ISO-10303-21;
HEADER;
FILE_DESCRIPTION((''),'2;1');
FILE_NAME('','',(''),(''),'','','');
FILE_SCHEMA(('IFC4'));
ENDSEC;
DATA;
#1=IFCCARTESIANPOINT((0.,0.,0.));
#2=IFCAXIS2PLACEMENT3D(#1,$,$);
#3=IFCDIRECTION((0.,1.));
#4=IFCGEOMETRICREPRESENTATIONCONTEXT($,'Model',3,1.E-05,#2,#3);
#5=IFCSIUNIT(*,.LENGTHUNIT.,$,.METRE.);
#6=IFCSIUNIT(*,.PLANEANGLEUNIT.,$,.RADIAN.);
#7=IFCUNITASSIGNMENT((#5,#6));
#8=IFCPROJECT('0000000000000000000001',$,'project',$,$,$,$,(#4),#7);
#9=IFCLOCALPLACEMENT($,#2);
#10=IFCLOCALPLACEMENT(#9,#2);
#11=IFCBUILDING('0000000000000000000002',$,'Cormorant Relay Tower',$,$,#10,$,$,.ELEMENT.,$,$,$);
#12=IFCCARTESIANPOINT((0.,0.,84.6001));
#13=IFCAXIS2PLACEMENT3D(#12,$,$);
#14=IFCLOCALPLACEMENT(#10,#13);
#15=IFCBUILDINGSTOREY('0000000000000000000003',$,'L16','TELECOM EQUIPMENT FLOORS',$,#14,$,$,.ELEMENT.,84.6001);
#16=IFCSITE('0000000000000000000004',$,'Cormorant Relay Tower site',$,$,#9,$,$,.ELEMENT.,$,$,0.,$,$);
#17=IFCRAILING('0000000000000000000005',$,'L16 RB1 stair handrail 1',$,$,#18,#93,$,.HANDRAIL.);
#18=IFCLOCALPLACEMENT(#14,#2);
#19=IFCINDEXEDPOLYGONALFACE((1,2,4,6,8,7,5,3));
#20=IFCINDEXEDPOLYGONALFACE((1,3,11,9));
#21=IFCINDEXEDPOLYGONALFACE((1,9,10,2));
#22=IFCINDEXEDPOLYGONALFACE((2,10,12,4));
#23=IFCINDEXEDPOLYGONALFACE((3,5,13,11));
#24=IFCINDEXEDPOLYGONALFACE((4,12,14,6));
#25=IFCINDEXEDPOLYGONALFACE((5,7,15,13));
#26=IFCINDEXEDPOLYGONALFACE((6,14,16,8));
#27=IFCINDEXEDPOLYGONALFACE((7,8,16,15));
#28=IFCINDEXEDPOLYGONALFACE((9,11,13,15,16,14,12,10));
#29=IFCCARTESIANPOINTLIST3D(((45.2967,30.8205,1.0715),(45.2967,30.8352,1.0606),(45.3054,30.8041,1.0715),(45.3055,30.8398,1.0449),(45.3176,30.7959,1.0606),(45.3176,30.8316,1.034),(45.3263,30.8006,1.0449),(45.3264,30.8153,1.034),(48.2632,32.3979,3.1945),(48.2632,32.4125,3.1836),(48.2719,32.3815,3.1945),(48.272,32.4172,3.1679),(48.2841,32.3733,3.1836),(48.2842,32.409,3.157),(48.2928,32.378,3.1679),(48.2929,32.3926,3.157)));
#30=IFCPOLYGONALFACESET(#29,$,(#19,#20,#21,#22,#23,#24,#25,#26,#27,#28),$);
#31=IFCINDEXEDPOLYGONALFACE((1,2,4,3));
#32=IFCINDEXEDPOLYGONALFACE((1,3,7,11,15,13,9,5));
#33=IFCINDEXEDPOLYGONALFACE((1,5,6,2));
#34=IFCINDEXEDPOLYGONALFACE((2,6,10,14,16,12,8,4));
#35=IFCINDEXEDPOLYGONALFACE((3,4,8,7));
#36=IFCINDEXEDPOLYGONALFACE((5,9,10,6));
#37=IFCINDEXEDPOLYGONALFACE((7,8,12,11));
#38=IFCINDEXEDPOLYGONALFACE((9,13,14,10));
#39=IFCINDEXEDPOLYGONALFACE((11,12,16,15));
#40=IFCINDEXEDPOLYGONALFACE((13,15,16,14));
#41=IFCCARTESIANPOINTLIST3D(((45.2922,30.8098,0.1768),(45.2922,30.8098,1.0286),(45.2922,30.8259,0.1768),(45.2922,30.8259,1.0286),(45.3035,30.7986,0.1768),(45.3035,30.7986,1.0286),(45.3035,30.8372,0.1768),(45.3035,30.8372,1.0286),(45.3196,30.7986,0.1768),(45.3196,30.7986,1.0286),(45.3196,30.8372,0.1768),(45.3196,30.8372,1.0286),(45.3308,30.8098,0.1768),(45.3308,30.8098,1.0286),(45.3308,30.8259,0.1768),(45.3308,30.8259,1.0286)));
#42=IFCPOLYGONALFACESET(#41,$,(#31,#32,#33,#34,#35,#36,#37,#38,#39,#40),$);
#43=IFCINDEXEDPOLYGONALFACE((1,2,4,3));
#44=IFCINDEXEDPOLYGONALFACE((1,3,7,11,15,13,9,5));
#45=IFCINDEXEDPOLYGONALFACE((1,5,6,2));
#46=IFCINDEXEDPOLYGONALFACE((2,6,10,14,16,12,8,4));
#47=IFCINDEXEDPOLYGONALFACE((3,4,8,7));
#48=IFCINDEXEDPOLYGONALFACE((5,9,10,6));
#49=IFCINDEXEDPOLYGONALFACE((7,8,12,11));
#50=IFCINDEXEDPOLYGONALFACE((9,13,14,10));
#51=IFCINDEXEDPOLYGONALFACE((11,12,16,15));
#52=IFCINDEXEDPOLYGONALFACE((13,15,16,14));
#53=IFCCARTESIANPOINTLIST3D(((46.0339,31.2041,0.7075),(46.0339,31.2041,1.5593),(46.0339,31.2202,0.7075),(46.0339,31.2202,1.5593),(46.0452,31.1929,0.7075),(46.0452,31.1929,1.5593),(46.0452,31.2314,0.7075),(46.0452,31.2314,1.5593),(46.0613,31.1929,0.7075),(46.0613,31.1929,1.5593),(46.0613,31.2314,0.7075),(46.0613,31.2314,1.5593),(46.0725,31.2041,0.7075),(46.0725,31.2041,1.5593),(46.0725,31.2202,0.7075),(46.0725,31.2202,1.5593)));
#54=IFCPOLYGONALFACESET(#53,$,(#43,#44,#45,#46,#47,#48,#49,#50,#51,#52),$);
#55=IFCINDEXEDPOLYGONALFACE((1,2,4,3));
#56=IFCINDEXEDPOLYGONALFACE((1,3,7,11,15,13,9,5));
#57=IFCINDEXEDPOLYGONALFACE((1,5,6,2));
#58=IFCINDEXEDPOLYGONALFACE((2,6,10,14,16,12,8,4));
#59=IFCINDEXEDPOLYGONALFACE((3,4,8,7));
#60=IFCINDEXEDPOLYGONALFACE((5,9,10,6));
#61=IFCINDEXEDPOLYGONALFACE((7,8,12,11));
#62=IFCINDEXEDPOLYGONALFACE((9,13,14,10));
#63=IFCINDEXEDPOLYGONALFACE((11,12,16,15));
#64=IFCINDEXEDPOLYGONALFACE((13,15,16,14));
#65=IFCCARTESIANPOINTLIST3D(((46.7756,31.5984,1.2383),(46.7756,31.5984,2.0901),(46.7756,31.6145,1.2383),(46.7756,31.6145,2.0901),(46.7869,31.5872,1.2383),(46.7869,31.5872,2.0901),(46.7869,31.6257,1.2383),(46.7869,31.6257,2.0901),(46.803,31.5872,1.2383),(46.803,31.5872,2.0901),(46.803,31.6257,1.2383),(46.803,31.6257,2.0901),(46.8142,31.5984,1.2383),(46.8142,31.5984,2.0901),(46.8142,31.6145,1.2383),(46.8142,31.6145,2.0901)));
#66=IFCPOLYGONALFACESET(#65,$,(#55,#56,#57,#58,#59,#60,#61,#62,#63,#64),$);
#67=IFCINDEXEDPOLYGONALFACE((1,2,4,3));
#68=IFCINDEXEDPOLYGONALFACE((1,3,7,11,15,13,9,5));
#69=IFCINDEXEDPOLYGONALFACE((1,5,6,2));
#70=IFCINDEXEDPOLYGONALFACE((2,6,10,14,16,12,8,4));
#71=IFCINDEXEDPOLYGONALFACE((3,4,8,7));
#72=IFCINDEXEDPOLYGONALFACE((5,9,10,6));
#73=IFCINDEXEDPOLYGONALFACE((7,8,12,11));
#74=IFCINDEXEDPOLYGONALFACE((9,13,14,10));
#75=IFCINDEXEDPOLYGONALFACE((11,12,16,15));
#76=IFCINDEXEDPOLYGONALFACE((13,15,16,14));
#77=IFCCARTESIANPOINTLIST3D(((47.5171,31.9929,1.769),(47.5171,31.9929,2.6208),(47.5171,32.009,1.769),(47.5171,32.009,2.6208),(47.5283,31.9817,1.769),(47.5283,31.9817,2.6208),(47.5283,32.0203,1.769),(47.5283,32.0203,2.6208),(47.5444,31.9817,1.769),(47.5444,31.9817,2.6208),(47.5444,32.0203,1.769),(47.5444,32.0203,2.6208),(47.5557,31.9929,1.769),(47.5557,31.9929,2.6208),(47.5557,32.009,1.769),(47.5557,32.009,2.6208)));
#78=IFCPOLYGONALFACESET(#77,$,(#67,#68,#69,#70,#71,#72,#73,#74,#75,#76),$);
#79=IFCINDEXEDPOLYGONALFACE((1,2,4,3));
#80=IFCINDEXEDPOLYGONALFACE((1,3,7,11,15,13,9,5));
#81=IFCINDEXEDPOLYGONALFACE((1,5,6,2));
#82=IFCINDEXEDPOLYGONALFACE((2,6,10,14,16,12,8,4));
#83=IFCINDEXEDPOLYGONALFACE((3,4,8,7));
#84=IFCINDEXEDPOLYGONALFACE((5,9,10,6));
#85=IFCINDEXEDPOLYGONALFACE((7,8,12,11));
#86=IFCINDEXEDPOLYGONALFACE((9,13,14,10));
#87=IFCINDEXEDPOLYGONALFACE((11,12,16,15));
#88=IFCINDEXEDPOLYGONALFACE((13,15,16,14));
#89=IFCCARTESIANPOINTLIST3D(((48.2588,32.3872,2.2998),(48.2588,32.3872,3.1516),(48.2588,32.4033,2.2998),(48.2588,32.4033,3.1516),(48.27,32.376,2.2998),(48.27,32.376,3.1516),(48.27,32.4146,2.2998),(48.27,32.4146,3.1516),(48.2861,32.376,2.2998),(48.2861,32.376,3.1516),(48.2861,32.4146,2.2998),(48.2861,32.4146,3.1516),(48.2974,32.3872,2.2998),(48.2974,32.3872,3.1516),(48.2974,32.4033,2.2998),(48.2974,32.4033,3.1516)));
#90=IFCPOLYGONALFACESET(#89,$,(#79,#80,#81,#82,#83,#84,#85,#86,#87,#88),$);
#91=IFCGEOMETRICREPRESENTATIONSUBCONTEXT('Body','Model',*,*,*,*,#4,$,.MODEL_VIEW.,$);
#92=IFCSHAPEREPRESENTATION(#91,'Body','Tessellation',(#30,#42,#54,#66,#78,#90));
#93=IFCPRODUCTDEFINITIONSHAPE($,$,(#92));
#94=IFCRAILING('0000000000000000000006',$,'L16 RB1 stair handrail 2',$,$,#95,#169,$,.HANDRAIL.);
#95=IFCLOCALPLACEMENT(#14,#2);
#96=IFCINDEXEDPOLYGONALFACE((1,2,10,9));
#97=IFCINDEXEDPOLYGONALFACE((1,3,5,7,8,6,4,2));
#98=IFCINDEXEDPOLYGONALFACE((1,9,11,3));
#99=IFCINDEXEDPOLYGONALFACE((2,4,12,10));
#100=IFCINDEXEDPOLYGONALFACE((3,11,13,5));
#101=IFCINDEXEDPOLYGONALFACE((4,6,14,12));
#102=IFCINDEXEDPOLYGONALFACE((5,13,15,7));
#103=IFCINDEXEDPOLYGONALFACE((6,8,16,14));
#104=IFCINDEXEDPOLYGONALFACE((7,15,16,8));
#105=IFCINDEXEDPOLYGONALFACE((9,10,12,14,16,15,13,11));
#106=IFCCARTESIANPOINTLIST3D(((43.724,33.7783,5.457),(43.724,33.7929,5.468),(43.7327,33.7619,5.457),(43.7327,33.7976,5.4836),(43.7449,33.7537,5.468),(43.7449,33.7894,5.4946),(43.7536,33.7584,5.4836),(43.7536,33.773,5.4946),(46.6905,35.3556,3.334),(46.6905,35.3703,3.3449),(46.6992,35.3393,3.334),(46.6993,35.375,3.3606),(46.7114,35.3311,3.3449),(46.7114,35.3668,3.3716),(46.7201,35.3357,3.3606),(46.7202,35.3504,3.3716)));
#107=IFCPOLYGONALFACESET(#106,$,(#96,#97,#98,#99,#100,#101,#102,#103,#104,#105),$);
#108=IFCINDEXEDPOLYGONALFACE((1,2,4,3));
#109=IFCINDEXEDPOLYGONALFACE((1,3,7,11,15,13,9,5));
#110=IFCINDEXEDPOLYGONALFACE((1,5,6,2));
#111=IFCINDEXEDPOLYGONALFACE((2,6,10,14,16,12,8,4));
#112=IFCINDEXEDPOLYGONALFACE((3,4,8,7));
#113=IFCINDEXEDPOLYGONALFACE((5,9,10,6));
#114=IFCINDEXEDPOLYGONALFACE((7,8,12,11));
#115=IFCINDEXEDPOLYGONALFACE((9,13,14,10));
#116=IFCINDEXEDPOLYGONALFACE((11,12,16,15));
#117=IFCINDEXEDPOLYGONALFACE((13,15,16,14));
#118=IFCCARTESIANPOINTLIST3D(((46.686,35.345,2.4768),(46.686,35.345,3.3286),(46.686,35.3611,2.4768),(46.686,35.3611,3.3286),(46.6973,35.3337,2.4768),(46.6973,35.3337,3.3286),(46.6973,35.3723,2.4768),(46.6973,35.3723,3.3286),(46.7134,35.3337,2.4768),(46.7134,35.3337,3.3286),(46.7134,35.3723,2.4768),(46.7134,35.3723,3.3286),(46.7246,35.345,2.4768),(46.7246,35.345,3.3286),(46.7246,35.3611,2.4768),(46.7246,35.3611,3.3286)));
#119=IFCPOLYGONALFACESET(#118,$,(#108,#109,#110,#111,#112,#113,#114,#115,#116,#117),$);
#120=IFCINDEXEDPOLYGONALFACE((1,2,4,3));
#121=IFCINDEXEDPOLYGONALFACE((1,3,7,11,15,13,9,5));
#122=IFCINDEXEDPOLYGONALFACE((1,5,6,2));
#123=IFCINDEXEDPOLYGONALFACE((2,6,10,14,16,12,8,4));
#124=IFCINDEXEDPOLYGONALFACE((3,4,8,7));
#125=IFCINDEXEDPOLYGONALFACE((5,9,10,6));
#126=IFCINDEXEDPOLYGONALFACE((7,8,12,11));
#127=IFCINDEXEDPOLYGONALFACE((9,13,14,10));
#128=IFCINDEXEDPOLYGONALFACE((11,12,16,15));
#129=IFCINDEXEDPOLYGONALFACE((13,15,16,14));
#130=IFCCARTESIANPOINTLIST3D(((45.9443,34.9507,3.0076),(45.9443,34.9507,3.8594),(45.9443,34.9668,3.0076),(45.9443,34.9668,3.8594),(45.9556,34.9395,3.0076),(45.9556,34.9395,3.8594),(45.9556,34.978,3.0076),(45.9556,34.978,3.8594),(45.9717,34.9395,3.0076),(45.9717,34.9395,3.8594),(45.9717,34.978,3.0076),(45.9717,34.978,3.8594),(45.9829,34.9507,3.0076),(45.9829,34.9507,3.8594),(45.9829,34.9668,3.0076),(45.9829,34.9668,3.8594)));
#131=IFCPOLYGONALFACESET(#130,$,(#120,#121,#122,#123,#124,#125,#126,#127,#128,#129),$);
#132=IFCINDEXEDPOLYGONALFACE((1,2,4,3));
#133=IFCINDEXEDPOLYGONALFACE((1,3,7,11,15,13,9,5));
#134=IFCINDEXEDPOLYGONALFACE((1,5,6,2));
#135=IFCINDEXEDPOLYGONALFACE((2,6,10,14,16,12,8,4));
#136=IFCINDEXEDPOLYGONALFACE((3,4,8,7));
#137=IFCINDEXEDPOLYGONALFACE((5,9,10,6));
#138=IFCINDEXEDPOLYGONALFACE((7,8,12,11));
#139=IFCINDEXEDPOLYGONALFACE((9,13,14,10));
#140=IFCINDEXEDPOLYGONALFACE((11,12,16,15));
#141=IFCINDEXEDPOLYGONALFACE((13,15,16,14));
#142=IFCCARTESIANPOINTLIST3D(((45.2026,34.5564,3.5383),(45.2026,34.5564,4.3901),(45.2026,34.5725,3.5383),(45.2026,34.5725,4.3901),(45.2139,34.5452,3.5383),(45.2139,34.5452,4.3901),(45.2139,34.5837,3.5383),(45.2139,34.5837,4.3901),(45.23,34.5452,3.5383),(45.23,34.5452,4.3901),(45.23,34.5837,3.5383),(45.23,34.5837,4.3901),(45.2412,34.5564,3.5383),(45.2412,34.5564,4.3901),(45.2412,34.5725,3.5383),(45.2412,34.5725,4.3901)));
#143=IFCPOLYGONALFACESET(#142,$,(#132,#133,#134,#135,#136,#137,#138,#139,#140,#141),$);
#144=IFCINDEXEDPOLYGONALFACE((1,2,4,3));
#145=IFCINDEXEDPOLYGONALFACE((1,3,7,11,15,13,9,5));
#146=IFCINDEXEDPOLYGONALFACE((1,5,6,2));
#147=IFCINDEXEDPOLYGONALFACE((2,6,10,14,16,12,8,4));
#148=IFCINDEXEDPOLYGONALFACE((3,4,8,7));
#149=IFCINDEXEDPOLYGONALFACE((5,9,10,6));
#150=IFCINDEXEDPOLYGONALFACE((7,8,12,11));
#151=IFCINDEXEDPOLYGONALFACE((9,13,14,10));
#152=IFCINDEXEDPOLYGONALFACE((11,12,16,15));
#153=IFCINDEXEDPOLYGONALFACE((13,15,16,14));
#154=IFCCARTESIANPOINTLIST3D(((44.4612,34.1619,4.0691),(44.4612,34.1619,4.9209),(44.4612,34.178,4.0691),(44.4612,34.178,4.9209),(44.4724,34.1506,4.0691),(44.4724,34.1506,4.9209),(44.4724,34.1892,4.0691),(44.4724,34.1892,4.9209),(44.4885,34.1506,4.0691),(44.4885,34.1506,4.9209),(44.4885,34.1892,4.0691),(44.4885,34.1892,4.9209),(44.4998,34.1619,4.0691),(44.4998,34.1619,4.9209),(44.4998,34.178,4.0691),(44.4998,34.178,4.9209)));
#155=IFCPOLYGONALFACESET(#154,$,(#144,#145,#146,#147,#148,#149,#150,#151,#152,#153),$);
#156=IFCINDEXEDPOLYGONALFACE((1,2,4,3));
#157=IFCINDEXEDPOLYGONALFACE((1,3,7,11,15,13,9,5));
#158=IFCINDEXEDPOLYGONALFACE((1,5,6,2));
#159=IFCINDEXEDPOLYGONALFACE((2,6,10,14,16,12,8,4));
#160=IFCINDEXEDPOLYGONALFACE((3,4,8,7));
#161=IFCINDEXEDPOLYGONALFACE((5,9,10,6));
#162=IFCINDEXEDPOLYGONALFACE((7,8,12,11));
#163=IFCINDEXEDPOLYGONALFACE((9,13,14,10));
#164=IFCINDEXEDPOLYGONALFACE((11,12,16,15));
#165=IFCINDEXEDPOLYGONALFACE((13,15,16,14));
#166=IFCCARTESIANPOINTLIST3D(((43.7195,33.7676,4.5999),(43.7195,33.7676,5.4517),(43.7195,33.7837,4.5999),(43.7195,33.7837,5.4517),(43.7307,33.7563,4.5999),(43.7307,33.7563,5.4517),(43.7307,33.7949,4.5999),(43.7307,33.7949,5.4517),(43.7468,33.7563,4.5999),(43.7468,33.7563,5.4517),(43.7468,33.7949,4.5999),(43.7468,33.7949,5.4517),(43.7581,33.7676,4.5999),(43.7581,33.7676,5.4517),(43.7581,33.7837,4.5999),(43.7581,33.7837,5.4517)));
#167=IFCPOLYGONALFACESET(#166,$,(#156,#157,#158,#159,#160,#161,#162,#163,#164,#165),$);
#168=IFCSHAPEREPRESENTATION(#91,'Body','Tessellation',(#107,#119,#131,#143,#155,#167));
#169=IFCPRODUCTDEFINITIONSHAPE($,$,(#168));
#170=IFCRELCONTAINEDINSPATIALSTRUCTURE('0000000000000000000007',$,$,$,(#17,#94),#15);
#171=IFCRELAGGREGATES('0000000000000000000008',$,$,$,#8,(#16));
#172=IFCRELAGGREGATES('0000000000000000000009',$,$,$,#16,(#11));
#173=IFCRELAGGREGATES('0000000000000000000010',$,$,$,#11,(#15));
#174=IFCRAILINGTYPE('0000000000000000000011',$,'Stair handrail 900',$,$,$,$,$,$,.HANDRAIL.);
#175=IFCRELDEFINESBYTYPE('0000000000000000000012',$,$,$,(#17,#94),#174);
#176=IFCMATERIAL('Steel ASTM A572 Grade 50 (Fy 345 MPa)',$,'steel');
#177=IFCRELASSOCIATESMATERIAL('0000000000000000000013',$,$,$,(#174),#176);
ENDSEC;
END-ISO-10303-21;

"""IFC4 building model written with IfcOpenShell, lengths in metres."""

from ifc_helpers import new_model, si_unit, direction, frame, origin, place, context, subcontext, project, spatial, polyline, outline, extrude, material, type_object, element, save


model = new_model("IFC4")

# Units and contexts
model_context = context("Model", 3, precision=1e-05, world=origin(), true_north=direction((0.0, 1.0)))
body_context = subcontext(model_context, "Body", "Model", "MODEL_VIEW")
ifc_project = project(units=[si_unit("LENGTHUNIT", "METRE"), si_unit("PLANEANGLEUNIT", "RADIAN")], contexts=[model_context])

# Site, building, storey
site_placement = place(None, origin())
site = spatial("IfcSite", under=ifc_project, at=site_placement, Name="Cormorant Relay Tower site", CompositionType="ELEMENT", RefElevation=0.0)
building_placement = place(site_placement, origin())
building = spatial("IfcBuilding", under=site, at=building_placement, Name="Cormorant Relay Tower", CompositionType="ELEMENT")
storey_placement = place(building_placement, frame((0.0, 0.0, 84.6001)))
storey = spatial("IfcBuildingStorey", under=building, at=storey_placement, Name="L16", Description="TELECOM EQUIPMENT FLOORS", CompositionType="ELEMENT", Elevation=84.6001)

# Railings
ifc_material_1 = material(Name="Steel ASTM A572 Grade 50 (Fy 345 MPa)", Category="steel")
railing_type_1 = type_object("IfcRailingType", Name="Stair handrail 900", PredefinedType="HANDRAIL", material=ifc_material_1)
railing_1_placement = place(storey_placement, frame((45.3115, 30.8179, 0.1768)))
element("IfcRailing", 1, at=railing_1_placement, inside=storey, type_object=railing_type_1, Name="L16 RB1 stair handrail 1", PredefinedType="HANDRAIL", context=body_context, shape_type="SweptSolid", body=[
    extrude(outline(polyline([(0.0222, 0.0093), (0.0093, 0.0222), (-0.0093, 0.0222), (-0.0222, 0.0093), (-0.0222, -0.0093), (-0.0093, -0.0222), (0.0093, -0.0222), (0.0222, -0.0093), (0.0222, 0.0093)])), frame((0.0, 0.0, 0.876), z_axis=(0.746413, 0.396887, 0.534179), x_axis=(-0.469483, 0.882942, 0.0)), (0.0, 0.0, 1.0), 3.9744),
    extrude(outline(polyline([(0.0193, 0.0081), (0.0081, 0.0193), (-0.0081, 0.0193), (-0.0193, 0.0081), (-0.0193, -0.0081), (-0.0081, -0.0193), (0.0081, -0.0193), (0.0193, -0.0081), (0.0193, 0.0081)])), origin(), (0.0, 0.0, 1.0), 0.8518),
    extrude(outline(polyline([(0.0193, 0.0081), (0.0081, 0.0193), (-0.0081, 0.0193), (-0.0193, 0.0081), (-0.0193, -0.0081), (-0.0081, -0.0193), (0.0081, -0.0193), (0.0193, -0.0081), (0.0193, 0.0081)])), frame((0.7417, 0.3943, 0.5308)), (0.0, 0.0, 1.0), 0.8518),
    extrude(outline(polyline([(0.0193, 0.0081), (0.0081, 0.0193), (-0.0081, 0.0193), (-0.0193, 0.0081), (-0.0193, -0.0081), (-0.0081, -0.0193), (0.0081, -0.0193), (0.0193, -0.0081), (0.0193, 0.0081)])), frame((1.4834, 0.7886, 1.0615)), (0.0, 0.0, 1.0), 0.8518),
    extrude(outline(polyline([(0.0193, 0.0081), (0.0081, 0.0193), (-0.0081, 0.0193), (-0.0193, 0.0081), (-0.0193, -0.0081), (-0.0081, -0.0193), (0.0081, -0.0193), (0.0193, -0.0081), (0.0193, 0.0081)])), frame((2.2249, 1.1831, 1.5923)), (0.0, 0.0, 1.0), 0.8518),
    extrude(outline(polyline([(0.0193, 0.0081), (0.0081, 0.0193), (-0.0081, 0.0193), (-0.0193, 0.0081), (-0.0193, -0.0081), (-0.0081, -0.0193), (0.0081, -0.0193), (0.0193, -0.0081), (0.0193, 0.0081)])), frame((2.9666, 1.5774, 2.123)), (0.0, 0.0, 1.0), 0.8518),
])
railing_2_placement = place(storey_placement, frame((46.7053, 35.353, 2.4768)))
element("IfcRailing", 2, at=railing_2_placement, inside=storey, type_object=railing_type_1, Name="L16 RB1 stair handrail 2", PredefinedType="HANDRAIL", context=body_context, shape_type="SweptSolid", body=[
    extrude(outline(polyline([(0.0222, 0.0093), (0.0093, 0.0222), (-0.0093, 0.0222), (-0.0222, 0.0093), (-0.0222, -0.0093), (-0.0093, -0.0222), (0.0093, -0.0222), (0.0222, -0.0093), (0.0222, 0.0093)])), frame((0.0, 0.0, 0.876), z_axis=(-0.746413, -0.396887, 0.534179), x_axis=(0.469483, -0.882942, 0.0)), (0.0, 0.0, 1.0), 3.9744),
    extrude(outline(polyline([(0.0193, 0.0081), (0.0081, 0.0193), (-0.0081, 0.0193), (-0.0193, 0.0081), (-0.0193, -0.0081), (-0.0081, -0.0193), (0.0081, -0.0193), (0.0193, -0.0081), (0.0193, 0.0081)])), origin(), (0.0, 0.0, 1.0), 0.8518),
    extrude(outline(polyline([(0.0193, 0.0081), (0.0081, 0.0193), (-0.0081, 0.0193), (-0.0193, 0.0081), (-0.0193, -0.0081), (-0.0081, -0.0193), (0.0081, -0.0193), (0.0193, -0.0081), (0.0193, 0.0081)])), frame((-0.7417, -0.3943, 0.5308)), (0.0, 0.0, 1.0), 0.8518),
    extrude(outline(polyline([(0.0193, 0.0081), (0.0081, 0.0193), (-0.0081, 0.0193), (-0.0193, 0.0081), (-0.0193, -0.0081), (-0.0081, -0.0193), (0.0081, -0.0193), (0.0193, -0.0081), (0.0193, 0.0081)])), frame((-1.4834, -0.7886, 1.0615)), (0.0, 0.0, 1.0), 0.8518),
    extrude(outline(polyline([(0.0193, 0.0081), (0.0081, 0.0193), (-0.0081, 0.0193), (-0.0193, 0.0081), (-0.0193, -0.0081), (-0.0081, -0.0193), (0.0081, -0.0193), (0.0193, -0.0081), (0.0193, 0.0081)])), frame((-2.2249, -1.1831, 1.5923)), (0.0, 0.0, 1.0), 0.8518),
    extrude(outline(polyline([(0.0193, 0.0081), (0.0081, 0.0193), (-0.0081, 0.0193), (-0.0193, 0.0081), (-0.0193, -0.0081), (-0.0081, -0.0193), (0.0081, -0.0193), (0.0193, -0.0081), (0.0193, 0.0081)])), frame((-2.9666, -1.5774, 2.123)), (0.0, 0.0, 1.0), 0.8518),
])

save(model, "model.ifc")
